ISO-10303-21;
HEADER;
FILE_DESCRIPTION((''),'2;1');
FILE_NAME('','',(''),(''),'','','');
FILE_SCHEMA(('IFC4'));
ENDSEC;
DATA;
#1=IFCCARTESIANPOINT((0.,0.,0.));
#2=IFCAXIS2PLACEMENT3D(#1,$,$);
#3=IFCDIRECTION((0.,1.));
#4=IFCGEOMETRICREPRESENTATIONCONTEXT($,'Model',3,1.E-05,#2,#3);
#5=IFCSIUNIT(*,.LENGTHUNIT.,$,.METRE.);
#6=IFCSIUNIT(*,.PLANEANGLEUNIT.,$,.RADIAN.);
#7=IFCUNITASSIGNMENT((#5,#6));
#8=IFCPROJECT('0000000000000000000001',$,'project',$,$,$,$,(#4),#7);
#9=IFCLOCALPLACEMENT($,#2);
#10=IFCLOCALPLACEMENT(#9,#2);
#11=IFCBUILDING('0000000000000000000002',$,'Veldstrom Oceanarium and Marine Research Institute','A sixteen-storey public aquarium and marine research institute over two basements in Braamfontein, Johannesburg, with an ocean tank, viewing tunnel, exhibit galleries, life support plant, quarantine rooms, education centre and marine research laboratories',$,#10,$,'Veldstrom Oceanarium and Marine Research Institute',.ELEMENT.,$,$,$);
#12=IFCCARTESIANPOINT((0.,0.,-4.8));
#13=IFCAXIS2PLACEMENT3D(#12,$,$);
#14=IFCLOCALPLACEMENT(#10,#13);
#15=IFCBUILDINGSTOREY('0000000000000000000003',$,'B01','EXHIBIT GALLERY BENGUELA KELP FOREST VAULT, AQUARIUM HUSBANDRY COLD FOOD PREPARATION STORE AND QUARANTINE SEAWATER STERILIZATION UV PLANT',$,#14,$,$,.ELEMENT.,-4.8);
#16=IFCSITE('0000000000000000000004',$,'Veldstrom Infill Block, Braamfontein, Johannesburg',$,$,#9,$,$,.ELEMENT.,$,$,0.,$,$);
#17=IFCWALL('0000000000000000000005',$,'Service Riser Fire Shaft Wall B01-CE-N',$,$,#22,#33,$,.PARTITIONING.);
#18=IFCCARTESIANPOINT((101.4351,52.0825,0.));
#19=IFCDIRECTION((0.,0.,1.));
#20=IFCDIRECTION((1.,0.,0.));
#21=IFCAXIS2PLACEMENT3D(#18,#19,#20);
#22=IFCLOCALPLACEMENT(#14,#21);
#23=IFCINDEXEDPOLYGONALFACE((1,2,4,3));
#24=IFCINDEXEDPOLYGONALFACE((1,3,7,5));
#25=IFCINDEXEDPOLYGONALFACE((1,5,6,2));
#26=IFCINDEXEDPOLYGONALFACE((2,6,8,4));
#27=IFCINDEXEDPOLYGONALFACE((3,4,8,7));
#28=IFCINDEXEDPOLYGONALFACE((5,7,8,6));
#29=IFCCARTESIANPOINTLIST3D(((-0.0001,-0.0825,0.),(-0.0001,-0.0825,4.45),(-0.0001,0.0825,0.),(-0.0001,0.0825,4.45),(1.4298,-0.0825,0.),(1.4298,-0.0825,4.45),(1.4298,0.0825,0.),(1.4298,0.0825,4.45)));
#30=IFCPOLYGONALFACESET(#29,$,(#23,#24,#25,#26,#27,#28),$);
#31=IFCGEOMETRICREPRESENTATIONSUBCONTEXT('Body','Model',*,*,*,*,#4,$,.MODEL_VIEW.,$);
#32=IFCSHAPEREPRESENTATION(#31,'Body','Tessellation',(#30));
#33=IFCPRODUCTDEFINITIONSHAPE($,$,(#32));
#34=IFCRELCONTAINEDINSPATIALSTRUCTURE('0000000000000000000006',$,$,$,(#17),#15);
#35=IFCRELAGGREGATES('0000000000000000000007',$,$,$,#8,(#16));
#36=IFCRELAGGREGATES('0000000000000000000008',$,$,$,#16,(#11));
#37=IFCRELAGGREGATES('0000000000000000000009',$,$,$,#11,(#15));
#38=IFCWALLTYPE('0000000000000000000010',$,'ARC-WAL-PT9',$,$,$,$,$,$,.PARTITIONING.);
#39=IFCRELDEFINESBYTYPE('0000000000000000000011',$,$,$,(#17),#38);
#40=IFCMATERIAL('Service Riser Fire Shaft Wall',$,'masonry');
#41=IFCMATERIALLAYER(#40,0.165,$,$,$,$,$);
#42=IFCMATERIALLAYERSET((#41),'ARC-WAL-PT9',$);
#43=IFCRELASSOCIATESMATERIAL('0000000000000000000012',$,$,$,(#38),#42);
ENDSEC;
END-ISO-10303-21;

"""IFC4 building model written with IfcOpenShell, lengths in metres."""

from ifc_helpers import new_model, si_unit, direction, frame, frame_2d, origin, place, context, subcontext, project, spatial, rectangle, extrude, material, layer, layer_set, type_object, element, save


model = new_model("IFC4")

# Units and contexts
model_context = context("Model", 3, precision=1e-05, world=origin(), true_north=direction((0.0, 1.0)))
body_context = subcontext(model_context, "Body", "Model", "MODEL_VIEW")
ifc_project = project(units=[si_unit("LENGTHUNIT", "METRE"), si_unit("PLANEANGLEUNIT", "RADIAN")], contexts=[model_context])

# Site, building, storey
site_placement = place(None, origin())
site = spatial("IfcSite", under=ifc_project, at=site_placement, Name="Veldstrom Infill Block, Braamfontein, Johannesburg", CompositionType="ELEMENT", RefElevation=0.0)
building_placement = place(site_placement, origin())
building = spatial("IfcBuilding", under=site, at=building_placement, Name="Veldstrom Oceanarium and Marine Research Institute", Description="A sixteen-storey public aquarium and marine research institute over two basements in Braamfontein, Johannesburg, with an ocean tank, viewing tunnel, exhibit galleries, life support plant, quarantine rooms, education centre and marine research laboratories", LongName="Veldstrom Oceanarium and Marine Research Institute", CompositionType="ELEMENT")
storey_placement = place(building_placement, frame((0.0, 0.0, -4.8)))
storey = spatial("IfcBuildingStorey", under=building, at=storey_placement, Name="B01", Description="EXHIBIT GALLERY BENGUELA KELP FOREST VAULT, AQUARIUM HUSBANDRY COLD FOOD PREPARATION STORE AND QUARANTINE SEAWATER STERILIZATION UV PLANT", CompositionType="ELEMENT", Elevation=-4.8)

# Wall
ifc_material_1 = material(Name="Service Riser Fire Shaft Wall", Category="masonry")
ifc_layer_1 = layer(ifc_material_1, 0.165)
ifc_layer_set_1 = layer_set([ifc_layer_1], Name="ARC-WAL-PT9")
wall_type_1 = type_object("IfcWallType", Name="ARC-WAL-PT9", PredefinedType="PARTITIONING", material=ifc_layer_set_1)
wall_1_placement = place(storey_placement, frame((101.4351, 52.0825, 0.0), z_axis=(0.0, 0.0, 1.0), x_axis=(1.0, 0.0, 0.0)))
element("IfcWall", 1, at=wall_1_placement, inside=storey, type_object=wall_type_1, Name="Service Riser Fire Shaft Wall B01-CE-N", PredefinedType="PARTITIONING", context=body_context, shape_type="SweptSolid", body=[
    extrude(rectangle(XDim=1.4299, YDim=0.165, at=frame_2d((0.7148, 0.0))), origin(), (0.0, 0.0, 1.0), 4.45),
])

save(model, "model.ifc")
